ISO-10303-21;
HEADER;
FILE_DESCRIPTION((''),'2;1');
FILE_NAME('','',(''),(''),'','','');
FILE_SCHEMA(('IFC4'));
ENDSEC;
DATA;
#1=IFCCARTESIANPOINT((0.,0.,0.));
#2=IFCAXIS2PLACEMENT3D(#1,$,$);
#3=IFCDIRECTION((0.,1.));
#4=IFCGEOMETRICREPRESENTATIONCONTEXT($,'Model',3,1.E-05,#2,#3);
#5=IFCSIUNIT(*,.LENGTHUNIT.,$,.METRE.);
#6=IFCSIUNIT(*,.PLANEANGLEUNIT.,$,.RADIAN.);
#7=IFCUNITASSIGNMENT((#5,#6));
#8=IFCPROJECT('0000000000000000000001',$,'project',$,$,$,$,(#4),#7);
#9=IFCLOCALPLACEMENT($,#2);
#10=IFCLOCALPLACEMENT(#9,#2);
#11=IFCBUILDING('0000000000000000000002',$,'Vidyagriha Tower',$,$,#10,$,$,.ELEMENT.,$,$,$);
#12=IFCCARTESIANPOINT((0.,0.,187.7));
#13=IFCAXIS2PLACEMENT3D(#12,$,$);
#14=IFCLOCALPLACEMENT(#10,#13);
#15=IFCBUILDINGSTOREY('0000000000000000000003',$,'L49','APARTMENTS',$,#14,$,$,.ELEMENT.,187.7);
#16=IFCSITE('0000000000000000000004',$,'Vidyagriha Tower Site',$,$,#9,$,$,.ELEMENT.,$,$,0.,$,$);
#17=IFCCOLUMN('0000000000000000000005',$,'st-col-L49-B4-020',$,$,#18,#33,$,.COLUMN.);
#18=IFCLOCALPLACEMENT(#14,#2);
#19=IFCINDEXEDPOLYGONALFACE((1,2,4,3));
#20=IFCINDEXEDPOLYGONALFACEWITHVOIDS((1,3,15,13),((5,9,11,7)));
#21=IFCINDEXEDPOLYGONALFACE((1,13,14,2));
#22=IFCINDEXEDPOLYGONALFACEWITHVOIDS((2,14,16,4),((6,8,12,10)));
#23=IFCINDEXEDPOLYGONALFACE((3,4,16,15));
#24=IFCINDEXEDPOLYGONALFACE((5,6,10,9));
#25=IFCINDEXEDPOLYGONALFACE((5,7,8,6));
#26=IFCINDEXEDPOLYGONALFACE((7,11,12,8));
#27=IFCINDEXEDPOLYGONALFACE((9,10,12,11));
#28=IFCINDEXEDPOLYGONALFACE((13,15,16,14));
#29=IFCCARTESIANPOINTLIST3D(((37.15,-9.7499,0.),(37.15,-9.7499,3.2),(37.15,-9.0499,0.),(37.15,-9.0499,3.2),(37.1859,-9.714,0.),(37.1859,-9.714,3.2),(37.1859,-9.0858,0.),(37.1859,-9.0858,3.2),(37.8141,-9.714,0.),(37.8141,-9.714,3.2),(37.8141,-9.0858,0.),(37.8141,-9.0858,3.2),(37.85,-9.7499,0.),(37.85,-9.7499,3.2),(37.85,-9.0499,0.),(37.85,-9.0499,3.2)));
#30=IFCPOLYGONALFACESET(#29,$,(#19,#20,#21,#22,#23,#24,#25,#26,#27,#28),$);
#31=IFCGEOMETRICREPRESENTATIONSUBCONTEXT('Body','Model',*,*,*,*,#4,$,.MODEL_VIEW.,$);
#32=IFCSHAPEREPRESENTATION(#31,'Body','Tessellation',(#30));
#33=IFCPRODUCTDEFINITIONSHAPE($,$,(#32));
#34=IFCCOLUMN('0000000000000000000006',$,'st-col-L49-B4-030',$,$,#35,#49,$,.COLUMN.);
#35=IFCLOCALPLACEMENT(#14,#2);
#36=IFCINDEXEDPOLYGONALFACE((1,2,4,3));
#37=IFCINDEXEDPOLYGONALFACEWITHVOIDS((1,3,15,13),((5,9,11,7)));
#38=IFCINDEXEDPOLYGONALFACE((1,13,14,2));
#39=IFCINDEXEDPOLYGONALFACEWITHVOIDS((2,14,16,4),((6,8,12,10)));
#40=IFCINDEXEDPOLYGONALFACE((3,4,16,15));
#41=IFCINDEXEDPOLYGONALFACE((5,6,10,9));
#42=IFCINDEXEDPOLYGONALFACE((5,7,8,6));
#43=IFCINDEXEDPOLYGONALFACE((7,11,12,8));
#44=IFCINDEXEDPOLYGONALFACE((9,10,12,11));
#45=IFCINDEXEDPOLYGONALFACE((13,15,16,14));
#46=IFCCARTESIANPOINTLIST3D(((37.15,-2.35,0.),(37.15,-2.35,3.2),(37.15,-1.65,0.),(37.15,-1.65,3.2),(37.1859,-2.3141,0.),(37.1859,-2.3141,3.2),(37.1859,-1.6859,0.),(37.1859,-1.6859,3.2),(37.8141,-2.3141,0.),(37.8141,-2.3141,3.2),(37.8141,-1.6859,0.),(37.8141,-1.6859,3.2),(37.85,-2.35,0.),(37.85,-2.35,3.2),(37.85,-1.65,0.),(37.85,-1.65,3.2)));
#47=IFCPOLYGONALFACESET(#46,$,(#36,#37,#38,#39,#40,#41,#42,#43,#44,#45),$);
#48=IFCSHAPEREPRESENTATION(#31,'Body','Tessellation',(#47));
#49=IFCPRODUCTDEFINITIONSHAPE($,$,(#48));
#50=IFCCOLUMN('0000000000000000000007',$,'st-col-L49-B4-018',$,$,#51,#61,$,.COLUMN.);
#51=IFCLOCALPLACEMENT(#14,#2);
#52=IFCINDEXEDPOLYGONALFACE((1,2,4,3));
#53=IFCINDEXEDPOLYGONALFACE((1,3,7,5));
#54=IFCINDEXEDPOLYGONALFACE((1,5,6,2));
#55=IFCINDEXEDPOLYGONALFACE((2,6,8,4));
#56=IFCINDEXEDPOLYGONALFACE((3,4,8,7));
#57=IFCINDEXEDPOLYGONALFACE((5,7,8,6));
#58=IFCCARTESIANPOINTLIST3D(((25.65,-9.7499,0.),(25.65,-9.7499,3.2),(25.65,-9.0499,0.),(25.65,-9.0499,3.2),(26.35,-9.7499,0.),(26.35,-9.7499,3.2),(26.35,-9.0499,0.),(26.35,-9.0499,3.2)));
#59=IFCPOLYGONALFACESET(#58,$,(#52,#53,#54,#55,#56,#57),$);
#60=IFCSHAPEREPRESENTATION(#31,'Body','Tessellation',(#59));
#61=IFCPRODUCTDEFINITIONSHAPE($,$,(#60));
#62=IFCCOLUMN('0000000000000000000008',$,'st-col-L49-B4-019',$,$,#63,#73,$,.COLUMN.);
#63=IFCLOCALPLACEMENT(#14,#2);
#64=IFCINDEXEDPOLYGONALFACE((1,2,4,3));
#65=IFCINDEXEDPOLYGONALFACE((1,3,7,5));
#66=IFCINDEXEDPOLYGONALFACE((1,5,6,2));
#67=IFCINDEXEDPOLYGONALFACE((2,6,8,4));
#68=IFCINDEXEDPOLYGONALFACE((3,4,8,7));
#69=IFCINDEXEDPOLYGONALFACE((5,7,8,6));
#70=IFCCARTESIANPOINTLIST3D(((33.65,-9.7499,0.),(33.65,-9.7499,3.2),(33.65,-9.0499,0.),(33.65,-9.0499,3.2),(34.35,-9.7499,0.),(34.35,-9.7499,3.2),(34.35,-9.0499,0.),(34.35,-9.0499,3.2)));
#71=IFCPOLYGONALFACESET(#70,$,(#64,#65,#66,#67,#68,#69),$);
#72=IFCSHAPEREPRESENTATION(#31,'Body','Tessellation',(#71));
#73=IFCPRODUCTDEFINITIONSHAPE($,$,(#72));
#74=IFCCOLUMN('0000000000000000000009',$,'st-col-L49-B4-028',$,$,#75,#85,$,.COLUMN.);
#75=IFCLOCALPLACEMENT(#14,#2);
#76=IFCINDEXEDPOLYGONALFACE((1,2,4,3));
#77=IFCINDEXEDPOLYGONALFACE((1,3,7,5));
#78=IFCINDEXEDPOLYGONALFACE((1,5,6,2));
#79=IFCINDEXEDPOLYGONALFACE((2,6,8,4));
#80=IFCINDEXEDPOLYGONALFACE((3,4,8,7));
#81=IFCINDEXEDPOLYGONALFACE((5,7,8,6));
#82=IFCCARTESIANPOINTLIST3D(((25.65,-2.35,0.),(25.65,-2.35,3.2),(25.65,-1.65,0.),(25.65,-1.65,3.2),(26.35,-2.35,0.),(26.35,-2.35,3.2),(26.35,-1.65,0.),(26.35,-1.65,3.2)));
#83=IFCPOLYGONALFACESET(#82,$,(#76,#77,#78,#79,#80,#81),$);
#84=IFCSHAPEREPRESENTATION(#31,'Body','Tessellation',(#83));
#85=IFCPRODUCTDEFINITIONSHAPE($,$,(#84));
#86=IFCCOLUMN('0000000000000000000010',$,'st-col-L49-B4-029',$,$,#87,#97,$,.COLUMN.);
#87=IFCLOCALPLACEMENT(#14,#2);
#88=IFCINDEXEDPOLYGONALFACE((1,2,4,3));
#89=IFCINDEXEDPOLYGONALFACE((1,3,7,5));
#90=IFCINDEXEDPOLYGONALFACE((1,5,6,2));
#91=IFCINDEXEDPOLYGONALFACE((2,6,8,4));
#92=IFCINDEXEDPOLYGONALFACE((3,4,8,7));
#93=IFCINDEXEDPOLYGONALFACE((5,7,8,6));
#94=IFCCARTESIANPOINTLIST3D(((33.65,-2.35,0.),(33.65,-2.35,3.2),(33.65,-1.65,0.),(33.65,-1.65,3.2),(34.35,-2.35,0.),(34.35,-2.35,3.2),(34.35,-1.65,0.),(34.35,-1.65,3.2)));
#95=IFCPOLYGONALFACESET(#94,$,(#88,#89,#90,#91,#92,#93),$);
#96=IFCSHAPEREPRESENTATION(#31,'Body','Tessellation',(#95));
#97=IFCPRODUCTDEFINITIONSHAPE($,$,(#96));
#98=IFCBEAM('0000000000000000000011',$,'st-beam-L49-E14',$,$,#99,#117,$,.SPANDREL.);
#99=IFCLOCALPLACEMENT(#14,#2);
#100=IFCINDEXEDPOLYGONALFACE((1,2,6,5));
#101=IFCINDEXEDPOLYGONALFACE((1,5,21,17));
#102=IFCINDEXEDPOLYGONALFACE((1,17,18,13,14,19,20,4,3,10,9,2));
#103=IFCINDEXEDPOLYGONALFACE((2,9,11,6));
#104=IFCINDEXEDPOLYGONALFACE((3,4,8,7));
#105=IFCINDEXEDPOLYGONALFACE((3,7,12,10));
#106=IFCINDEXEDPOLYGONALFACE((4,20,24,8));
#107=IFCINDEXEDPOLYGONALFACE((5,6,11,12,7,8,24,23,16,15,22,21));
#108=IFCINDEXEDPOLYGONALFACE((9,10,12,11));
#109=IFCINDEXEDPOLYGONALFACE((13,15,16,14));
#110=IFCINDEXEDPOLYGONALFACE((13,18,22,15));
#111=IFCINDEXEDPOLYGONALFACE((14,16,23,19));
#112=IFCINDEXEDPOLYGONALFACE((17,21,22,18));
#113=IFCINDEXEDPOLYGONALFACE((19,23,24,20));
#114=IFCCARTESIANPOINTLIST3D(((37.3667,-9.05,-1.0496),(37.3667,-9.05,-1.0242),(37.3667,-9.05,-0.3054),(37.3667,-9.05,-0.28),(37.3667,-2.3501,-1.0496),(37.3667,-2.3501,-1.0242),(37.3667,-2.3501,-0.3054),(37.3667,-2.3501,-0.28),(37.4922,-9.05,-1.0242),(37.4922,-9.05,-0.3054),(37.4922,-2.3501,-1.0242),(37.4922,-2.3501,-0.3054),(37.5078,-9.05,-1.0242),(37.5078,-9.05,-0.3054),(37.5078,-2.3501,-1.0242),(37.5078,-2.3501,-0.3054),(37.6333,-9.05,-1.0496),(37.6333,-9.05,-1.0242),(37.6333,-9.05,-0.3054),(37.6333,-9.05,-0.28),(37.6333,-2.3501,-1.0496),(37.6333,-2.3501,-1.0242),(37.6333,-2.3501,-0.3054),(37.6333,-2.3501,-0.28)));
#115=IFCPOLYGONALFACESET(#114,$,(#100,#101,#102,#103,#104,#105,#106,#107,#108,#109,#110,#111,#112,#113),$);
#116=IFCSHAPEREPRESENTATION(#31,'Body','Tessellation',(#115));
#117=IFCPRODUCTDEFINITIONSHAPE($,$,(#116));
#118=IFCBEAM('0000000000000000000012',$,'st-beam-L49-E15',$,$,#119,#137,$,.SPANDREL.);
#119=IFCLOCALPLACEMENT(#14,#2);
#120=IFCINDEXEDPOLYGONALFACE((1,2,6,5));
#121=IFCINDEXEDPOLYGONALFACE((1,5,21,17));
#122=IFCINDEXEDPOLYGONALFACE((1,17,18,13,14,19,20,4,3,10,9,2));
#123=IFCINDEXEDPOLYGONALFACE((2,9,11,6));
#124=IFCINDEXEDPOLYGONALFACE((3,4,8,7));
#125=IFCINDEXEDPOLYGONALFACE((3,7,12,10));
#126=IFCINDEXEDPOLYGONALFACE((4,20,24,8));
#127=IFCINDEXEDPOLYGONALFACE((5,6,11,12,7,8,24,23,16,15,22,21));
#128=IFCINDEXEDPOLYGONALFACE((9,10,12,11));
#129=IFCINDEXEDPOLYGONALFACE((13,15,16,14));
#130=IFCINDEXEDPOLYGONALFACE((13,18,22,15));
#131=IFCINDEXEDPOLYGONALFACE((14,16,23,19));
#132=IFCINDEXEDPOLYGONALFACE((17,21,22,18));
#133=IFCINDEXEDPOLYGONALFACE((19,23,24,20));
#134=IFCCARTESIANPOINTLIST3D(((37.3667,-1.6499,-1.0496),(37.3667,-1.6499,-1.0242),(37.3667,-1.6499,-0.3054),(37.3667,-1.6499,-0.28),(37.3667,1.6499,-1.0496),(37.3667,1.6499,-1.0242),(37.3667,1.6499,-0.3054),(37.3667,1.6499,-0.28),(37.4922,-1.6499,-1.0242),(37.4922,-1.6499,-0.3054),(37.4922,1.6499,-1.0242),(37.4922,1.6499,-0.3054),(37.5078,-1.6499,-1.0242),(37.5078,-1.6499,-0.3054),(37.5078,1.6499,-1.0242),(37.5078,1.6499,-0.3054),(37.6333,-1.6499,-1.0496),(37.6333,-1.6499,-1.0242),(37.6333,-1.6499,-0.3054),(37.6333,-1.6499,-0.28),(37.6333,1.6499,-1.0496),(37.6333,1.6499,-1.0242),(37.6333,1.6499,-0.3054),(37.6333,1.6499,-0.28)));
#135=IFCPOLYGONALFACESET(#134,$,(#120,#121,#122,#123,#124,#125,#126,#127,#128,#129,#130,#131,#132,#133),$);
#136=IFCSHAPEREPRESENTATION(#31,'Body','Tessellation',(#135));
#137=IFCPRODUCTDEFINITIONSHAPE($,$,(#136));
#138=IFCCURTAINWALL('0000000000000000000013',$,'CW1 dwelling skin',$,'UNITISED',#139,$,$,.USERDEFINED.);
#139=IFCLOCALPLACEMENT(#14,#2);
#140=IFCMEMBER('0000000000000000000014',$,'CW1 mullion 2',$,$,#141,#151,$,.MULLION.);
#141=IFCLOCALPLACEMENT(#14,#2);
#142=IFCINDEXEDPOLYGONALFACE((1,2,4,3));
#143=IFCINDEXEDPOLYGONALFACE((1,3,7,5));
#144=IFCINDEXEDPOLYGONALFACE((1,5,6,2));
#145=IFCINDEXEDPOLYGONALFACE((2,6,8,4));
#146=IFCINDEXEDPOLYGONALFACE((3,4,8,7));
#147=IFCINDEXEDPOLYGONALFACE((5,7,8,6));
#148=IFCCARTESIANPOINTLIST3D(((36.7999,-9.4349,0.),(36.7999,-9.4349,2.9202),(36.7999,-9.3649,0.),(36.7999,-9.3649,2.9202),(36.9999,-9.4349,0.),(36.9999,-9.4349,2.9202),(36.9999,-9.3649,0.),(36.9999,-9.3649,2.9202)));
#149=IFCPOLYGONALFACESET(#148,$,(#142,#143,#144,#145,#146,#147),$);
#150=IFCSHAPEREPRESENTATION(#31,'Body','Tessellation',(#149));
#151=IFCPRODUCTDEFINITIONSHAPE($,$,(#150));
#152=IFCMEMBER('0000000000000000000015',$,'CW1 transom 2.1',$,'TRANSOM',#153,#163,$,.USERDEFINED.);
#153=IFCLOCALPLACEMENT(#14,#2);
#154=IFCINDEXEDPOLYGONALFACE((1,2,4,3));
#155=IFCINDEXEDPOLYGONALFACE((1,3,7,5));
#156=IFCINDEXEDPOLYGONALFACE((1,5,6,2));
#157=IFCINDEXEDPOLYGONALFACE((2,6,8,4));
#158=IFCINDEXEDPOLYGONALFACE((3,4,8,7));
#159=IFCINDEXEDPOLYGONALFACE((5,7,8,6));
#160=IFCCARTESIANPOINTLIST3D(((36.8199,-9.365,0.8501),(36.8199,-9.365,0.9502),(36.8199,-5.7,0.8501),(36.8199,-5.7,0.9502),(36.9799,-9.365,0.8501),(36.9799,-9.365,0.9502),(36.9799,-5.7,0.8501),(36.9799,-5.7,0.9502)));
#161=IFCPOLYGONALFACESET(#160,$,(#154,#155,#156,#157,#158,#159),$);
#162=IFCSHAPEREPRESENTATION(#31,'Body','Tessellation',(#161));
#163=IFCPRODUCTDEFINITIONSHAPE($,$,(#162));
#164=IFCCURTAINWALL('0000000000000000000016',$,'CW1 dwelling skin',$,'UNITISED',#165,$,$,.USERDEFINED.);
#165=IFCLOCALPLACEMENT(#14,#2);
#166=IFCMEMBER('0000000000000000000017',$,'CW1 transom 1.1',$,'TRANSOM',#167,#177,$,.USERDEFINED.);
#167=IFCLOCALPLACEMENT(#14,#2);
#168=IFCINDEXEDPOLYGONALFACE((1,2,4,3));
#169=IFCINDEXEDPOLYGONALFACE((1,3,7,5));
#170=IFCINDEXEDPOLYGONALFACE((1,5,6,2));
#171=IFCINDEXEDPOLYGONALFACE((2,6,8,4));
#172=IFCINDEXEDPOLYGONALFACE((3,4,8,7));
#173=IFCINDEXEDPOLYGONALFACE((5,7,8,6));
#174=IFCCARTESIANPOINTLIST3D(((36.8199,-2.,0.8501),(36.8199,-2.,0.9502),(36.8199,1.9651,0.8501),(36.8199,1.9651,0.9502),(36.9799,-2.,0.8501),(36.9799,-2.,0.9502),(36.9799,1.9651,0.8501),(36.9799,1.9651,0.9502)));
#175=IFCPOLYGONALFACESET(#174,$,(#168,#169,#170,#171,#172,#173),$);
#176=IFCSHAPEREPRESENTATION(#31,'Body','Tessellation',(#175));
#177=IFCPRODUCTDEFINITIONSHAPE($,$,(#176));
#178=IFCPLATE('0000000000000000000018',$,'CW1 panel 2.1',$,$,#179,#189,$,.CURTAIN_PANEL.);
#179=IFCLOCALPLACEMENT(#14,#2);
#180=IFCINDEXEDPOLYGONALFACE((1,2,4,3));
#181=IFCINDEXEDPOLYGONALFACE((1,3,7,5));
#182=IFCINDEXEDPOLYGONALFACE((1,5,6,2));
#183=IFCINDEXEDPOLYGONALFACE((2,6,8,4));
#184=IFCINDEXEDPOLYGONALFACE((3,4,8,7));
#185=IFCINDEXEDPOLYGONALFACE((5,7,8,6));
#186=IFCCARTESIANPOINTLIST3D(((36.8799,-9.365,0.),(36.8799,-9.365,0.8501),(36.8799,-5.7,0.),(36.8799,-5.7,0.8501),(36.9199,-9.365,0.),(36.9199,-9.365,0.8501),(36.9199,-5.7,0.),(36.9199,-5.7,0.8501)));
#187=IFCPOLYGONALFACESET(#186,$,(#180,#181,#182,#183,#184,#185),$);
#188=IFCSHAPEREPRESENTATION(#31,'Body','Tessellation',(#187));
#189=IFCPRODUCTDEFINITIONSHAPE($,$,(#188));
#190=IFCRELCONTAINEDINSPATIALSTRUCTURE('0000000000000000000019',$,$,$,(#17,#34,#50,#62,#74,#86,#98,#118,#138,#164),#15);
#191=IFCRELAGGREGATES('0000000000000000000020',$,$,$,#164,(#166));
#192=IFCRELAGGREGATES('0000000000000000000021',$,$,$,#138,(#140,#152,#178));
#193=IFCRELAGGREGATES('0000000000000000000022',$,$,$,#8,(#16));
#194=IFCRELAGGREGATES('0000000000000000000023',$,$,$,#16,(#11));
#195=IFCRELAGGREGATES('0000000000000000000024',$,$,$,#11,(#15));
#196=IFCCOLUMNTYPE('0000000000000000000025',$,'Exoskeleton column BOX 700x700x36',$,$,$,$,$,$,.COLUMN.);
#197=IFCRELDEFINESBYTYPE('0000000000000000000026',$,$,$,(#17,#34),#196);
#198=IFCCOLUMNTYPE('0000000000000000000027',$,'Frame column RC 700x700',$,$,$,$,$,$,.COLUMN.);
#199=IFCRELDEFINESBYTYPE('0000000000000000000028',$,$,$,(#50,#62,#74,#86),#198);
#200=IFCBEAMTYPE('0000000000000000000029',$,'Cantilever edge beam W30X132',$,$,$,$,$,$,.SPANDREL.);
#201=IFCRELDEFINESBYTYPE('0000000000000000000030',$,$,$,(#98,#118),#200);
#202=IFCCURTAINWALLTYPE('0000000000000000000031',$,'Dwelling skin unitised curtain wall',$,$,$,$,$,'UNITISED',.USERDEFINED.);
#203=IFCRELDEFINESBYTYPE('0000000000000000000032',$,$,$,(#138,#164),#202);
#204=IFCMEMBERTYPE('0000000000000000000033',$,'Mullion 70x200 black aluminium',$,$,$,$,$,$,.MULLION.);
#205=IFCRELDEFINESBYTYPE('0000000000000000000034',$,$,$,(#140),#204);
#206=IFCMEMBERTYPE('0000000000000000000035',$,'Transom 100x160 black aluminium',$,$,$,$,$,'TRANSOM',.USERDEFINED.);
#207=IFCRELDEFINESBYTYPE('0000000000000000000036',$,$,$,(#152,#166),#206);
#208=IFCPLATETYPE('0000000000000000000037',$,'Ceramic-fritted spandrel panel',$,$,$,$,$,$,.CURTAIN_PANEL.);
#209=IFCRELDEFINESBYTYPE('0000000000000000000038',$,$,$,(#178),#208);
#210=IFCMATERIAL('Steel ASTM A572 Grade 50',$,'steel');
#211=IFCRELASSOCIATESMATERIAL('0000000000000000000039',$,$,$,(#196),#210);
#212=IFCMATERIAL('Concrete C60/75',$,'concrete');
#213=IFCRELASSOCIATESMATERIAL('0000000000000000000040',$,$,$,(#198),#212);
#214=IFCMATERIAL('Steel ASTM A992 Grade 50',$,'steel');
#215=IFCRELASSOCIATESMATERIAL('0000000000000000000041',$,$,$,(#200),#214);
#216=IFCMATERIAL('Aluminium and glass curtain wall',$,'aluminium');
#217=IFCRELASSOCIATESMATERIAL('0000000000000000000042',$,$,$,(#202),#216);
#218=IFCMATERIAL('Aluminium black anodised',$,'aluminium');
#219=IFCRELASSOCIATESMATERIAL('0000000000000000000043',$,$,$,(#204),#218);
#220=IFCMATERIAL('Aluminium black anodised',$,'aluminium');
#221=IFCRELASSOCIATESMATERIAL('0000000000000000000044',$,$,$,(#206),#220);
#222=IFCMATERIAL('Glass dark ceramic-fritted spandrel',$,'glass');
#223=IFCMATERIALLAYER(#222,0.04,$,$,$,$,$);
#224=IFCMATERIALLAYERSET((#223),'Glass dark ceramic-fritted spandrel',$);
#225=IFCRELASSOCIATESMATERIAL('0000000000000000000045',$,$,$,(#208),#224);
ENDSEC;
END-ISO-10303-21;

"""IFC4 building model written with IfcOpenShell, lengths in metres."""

from ifc_helpers import new_model, si_unit, direction, frame, origin, origin_2d, place, context, subcontext, project, spatial, rectangle, hollow_rectangle, i_section, extrude, material, layer, layer_set, material_profile, profile_set, type_object, element, aggregate, save


model = new_model("IFC4")

# Units and contexts
model_context = context("Model", 3, precision=1e-05, world=origin(), true_north=direction((0.0, 1.0)))
body_context = subcontext(model_context, "Body", "Model", "MODEL_VIEW")
ifc_project = project(units=[si_unit("LENGTHUNIT", "METRE"), si_unit("PLANEANGLEUNIT", "RADIAN")], contexts=[model_context])

# Site, building, storey
site_placement = place(None, origin())
site = spatial("IfcSite", under=ifc_project, at=site_placement, Name="Vidyagriha Tower Site", CompositionType="ELEMENT", RefElevation=0.0)
building_placement = place(site_placement, origin())
building = spatial("IfcBuilding", under=site, at=building_placement, Name="Vidyagriha Tower", CompositionType="ELEMENT")
storey_placement = place(building_placement, frame((0.0, 0.0, 187.7)))
storey = spatial("IfcBuildingStorey", under=building, at=storey_placement, Name="L49", Description="APARTMENTS", CompositionType="ELEMENT", Elevation=187.7)

# Columns
ifc_material_1 = material(Name="Steel ASTM A572 Grade 50", Category="steel")
ifc_material_profile_1 = material_profile(ifc_material_1, hollow_rectangle(XDim=0.7, YDim=0.7, WallThickness=0.0359, at=origin_2d()), Name="BOX 700x700x36")
ifc_profile_set_1 = profile_set([ifc_material_profile_1], Name="Steel ASTM A572 Grade 50")
column_type_1 = type_object("IfcColumnType", Name="Exoskeleton column BOX 700x700x36", PredefinedType="COLUMN", material=ifc_profile_set_1)
for number, where, name in (
    (1, (37.5, -9.3999, 0.0), "st-col-L49-B4-020"),
    (2, (37.5, -2.0, 0.0), "st-col-L49-B4-030"),
):
    element("IfcColumn", number, at=place(storey_placement, frame(where)), inside=storey, type_object=column_type_1, Name=name, PredefinedType="COLUMN", context=body_context, shape_type="SweptSolid", body=[
        extrude(hollow_rectangle(XDim=0.7, YDim=0.7, WallThickness=0.0359, at=origin_2d()), origin(), (0.0, 0.0, 1.0), 3.2),
    ])
ifc_material_2 = material(Name="Concrete C60/75", Category="concrete")
ifc_material_profile_2 = material_profile(ifc_material_2, rectangle(XDim=0.7, YDim=0.7, at=origin_2d()), Name="RC 700x700")
ifc_profile_set_2 = profile_set([ifc_material_profile_2], Name="Concrete C60/75")
column_type_2 = type_object("IfcColumnType", Name="Frame column RC 700x700", PredefinedType="COLUMN", material=ifc_profile_set_2)
for number, where, name in (
    (3, (26.0, -9.3999, 0.0), "st-col-L49-B4-018"),
    (4, (34.0, -9.3999, 0.0), "st-col-L49-B4-019"),
    (5, (26.0, -2.0, 0.0), "st-col-L49-B4-028"),
    (6, (34.0, -2.0, 0.0), "st-col-L49-B4-029"),
):
    element("IfcColumn", number, at=place(storey_placement, frame(where)), inside=storey, type_object=column_type_2, Name=name, PredefinedType="COLUMN", context=body_context, shape_type="SweptSolid", body=[
        extrude(rectangle(XDim=0.7, YDim=0.7, at=origin_2d()), origin(), (0.0, 0.0, 1.0), 3.2),
    ])

# Beams
ifc_material_3 = material(Name="Steel ASTM A992 Grade 50", Category="steel")
ifc_material_profile_3 = material_profile(ifc_material_3, i_section(OverallWidth=0.2666, OverallDepth=0.7695, WebThickness=0.0156, FlangeThickness=0.0254, at=origin_2d()), Name="W30X132")
ifc_profile_set_3 = profile_set([ifc_material_profile_3], Name="Steel ASTM A992 Grade 50")
beam_type = type_object("IfcBeamType", Name="Cantilever edge beam W30X132", PredefinedType="SPANDREL", material=ifc_profile_set_3)
beam_1_placement = place(storey_placement, frame((37.5, -9.05, -0.6648), z_axis=(0.0, 1.0, 0.0), x_axis=(-1.0, 0.0, 0.0)))
element("IfcBeam", 7, at=beam_1_placement, inside=storey, type_object=beam_type, Name="st-beam-L49-E14", PredefinedType="SPANDREL", context=body_context, shape_type="SweptSolid", body=[
    extrude(i_section(OverallWidth=0.2666, OverallDepth=0.7695, WebThickness=0.0156, FlangeThickness=0.0254, at=origin_2d()), origin(), (0.0, 0.0, 1.0), 6.7),
])
beam_2_placement = place(storey_placement, frame((37.5, -1.6499, -0.6648), z_axis=(0.0, 1.0, 0.0), x_axis=(-1.0, 0.0, 0.0)))
element("IfcBeam", 8, at=beam_2_placement, inside=storey, type_object=beam_type, Name="st-beam-L49-E15", PredefinedType="SPANDREL", context=body_context, shape_type="SweptSolid", body=[
    extrude(i_section(OverallWidth=0.2666, OverallDepth=0.7695, WebThickness=0.0156, FlangeThickness=0.0254, at=origin_2d()), origin(), (0.0, 0.0, 1.0), 3.2998),
])

# Curtain wall, members
ifc_material_4 = material(Name="Aluminium and glass curtain wall", Category="aluminium")
curtain_wall_type = type_object("IfcCurtainWallType", Name="Dwelling skin unitised curtain wall", ElementType="UNITISED", PredefinedType="USERDEFINED", material=ifc_material_4)
curtain_wall_1_placement = place(storey_placement, origin())
curtain_wall_1 = element("IfcCurtainWall", 9, at=curtain_wall_1_placement, inside=storey, type_object=curtain_wall_type, Name="CW1 dwelling skin", ObjectType="UNITISED", PredefinedType="USERDEFINED")
ifc_material_5 = material(Name="Aluminium black anodised", Category="aluminium")
ifc_material_profile_4 = material_profile(ifc_material_5, rectangle(XDim=0.2, YDim=0.0701, at=origin_2d()), Name="Mullion 70x200 black aluminium")
ifc_profile_set_4 = profile_set([ifc_material_profile_4], Name="Aluminium black anodised")
member_type_1 = type_object("IfcMemberType", Name="Mullion 70x200 black aluminium", PredefinedType="MULLION", material=ifc_profile_set_4)
member_1_placement = place(storey_placement, frame((36.8999, -9.3999, 0.0), z_axis=(0.0, 0.0, 1.0), x_axis=(-1.0, 0.0, 0.0)))
member_1 = element("IfcMember", 10, at=member_1_placement, type_object=member_type_1, Name="CW1 mullion 2", PredefinedType="MULLION", context=body_context, shape_type="SweptSolid", body=[
    extrude(rectangle(XDim=0.2, YDim=0.0701, at=origin_2d()), origin(), (0.0, 0.0, 1.0), 2.9202),
])
ifc_material_6 = material(Name="Aluminium black anodised", Category="aluminium")
ifc_material_profile_5 = material_profile(ifc_material_6, rectangle(XDim=0.1599, YDim=0.1001, at=origin_2d()), Name="Transom 100x160 black aluminium")
ifc_profile_set_5 = profile_set([ifc_material_profile_5], Name="Aluminium black anodised")
member_type_2 = type_object("IfcMemberType", Name="Transom 100x160 black aluminium", ElementType="TRANSOM", PredefinedType="USERDEFINED", material=ifc_profile_set_5)
member_2_placement = place(storey_placement, frame((36.8999, -9.365, 0.9001), z_axis=(0.0, 1.0, 0.0), x_axis=(-1.0, 0.0, 0.0)))
member_2 = element("IfcMember", 11, at=member_2_placement, type_object=member_type_2, Name="CW1 transom 2.1", ObjectType="TRANSOM", PredefinedType="USERDEFINED", context=body_context, shape_type="SweptSolid", body=[
    extrude(rectangle(XDim=0.1599, YDim=0.1001, at=origin_2d()), origin(), (0.0, 0.0, 1.0), 3.665),
])

# Curtain wall, member
curtain_wall_2_placement = place(storey_placement, origin())
curtain_wall_2 = element("IfcCurtainWall", 12, at=curtain_wall_2_placement, inside=storey, type_object=curtain_wall_type, Name="CW1 dwelling skin", ObjectType="UNITISED", PredefinedType="USERDEFINED")
member_3_placement = place(storey_placement, frame((36.8999, -2.0, 0.9001), z_axis=(0.0, 1.0, 0.0), x_axis=(-1.0, 0.0, 0.0)))
member_3 = element("IfcMember", 13, at=member_3_placement, type_object=member_type_2, Name="CW1 transom 1.1", ObjectType="TRANSOM", PredefinedType="USERDEFINED", context=body_context, shape_type="SweptSolid", body=[
    extrude(rectangle(XDim=0.1599, YDim=0.1001, at=origin_2d()), origin(), (0.0, 0.0, 1.0), 3.9651),
])
aggregate(curtain_wall_2, [member_3])

# Plate
ifc_material_7 = material(Name="Glass dark ceramic-fritted spandrel", Category="glass")
ifc_layer_1 = layer(ifc_material_7, 0.04)
ifc_layer_set_1 = layer_set([ifc_layer_1], Name="Glass dark ceramic-fritted spandrel")
plate_type_1 = type_object("IfcPlateType", Name="Ceramic-fritted spandrel panel", PredefinedType="CURTAIN_PANEL", material=ifc_layer_set_1)
plate_1_placement = place(storey_placement, frame((36.8999, -7.5325, 0.0), z_axis=(0.0, 0.0, 1.0), x_axis=(0.0, 1.0, 0.0)))
plate_1 = element("IfcPlate", 14, at=plate_1_placement, type_object=plate_type_1, Name="CW1 panel 2.1", PredefinedType="CURTAIN_PANEL", context=body_context, shape_type="SweptSolid", body=[
    extrude(rectangle(XDim=3.665, YDim=0.04, at=origin_2d()), origin(), (0.0, 0.0, 1.0), 0.8501),
])
aggregate(curtain_wall_1, [member_1, member_2, plate_1])

save(model, "model.ifc")
